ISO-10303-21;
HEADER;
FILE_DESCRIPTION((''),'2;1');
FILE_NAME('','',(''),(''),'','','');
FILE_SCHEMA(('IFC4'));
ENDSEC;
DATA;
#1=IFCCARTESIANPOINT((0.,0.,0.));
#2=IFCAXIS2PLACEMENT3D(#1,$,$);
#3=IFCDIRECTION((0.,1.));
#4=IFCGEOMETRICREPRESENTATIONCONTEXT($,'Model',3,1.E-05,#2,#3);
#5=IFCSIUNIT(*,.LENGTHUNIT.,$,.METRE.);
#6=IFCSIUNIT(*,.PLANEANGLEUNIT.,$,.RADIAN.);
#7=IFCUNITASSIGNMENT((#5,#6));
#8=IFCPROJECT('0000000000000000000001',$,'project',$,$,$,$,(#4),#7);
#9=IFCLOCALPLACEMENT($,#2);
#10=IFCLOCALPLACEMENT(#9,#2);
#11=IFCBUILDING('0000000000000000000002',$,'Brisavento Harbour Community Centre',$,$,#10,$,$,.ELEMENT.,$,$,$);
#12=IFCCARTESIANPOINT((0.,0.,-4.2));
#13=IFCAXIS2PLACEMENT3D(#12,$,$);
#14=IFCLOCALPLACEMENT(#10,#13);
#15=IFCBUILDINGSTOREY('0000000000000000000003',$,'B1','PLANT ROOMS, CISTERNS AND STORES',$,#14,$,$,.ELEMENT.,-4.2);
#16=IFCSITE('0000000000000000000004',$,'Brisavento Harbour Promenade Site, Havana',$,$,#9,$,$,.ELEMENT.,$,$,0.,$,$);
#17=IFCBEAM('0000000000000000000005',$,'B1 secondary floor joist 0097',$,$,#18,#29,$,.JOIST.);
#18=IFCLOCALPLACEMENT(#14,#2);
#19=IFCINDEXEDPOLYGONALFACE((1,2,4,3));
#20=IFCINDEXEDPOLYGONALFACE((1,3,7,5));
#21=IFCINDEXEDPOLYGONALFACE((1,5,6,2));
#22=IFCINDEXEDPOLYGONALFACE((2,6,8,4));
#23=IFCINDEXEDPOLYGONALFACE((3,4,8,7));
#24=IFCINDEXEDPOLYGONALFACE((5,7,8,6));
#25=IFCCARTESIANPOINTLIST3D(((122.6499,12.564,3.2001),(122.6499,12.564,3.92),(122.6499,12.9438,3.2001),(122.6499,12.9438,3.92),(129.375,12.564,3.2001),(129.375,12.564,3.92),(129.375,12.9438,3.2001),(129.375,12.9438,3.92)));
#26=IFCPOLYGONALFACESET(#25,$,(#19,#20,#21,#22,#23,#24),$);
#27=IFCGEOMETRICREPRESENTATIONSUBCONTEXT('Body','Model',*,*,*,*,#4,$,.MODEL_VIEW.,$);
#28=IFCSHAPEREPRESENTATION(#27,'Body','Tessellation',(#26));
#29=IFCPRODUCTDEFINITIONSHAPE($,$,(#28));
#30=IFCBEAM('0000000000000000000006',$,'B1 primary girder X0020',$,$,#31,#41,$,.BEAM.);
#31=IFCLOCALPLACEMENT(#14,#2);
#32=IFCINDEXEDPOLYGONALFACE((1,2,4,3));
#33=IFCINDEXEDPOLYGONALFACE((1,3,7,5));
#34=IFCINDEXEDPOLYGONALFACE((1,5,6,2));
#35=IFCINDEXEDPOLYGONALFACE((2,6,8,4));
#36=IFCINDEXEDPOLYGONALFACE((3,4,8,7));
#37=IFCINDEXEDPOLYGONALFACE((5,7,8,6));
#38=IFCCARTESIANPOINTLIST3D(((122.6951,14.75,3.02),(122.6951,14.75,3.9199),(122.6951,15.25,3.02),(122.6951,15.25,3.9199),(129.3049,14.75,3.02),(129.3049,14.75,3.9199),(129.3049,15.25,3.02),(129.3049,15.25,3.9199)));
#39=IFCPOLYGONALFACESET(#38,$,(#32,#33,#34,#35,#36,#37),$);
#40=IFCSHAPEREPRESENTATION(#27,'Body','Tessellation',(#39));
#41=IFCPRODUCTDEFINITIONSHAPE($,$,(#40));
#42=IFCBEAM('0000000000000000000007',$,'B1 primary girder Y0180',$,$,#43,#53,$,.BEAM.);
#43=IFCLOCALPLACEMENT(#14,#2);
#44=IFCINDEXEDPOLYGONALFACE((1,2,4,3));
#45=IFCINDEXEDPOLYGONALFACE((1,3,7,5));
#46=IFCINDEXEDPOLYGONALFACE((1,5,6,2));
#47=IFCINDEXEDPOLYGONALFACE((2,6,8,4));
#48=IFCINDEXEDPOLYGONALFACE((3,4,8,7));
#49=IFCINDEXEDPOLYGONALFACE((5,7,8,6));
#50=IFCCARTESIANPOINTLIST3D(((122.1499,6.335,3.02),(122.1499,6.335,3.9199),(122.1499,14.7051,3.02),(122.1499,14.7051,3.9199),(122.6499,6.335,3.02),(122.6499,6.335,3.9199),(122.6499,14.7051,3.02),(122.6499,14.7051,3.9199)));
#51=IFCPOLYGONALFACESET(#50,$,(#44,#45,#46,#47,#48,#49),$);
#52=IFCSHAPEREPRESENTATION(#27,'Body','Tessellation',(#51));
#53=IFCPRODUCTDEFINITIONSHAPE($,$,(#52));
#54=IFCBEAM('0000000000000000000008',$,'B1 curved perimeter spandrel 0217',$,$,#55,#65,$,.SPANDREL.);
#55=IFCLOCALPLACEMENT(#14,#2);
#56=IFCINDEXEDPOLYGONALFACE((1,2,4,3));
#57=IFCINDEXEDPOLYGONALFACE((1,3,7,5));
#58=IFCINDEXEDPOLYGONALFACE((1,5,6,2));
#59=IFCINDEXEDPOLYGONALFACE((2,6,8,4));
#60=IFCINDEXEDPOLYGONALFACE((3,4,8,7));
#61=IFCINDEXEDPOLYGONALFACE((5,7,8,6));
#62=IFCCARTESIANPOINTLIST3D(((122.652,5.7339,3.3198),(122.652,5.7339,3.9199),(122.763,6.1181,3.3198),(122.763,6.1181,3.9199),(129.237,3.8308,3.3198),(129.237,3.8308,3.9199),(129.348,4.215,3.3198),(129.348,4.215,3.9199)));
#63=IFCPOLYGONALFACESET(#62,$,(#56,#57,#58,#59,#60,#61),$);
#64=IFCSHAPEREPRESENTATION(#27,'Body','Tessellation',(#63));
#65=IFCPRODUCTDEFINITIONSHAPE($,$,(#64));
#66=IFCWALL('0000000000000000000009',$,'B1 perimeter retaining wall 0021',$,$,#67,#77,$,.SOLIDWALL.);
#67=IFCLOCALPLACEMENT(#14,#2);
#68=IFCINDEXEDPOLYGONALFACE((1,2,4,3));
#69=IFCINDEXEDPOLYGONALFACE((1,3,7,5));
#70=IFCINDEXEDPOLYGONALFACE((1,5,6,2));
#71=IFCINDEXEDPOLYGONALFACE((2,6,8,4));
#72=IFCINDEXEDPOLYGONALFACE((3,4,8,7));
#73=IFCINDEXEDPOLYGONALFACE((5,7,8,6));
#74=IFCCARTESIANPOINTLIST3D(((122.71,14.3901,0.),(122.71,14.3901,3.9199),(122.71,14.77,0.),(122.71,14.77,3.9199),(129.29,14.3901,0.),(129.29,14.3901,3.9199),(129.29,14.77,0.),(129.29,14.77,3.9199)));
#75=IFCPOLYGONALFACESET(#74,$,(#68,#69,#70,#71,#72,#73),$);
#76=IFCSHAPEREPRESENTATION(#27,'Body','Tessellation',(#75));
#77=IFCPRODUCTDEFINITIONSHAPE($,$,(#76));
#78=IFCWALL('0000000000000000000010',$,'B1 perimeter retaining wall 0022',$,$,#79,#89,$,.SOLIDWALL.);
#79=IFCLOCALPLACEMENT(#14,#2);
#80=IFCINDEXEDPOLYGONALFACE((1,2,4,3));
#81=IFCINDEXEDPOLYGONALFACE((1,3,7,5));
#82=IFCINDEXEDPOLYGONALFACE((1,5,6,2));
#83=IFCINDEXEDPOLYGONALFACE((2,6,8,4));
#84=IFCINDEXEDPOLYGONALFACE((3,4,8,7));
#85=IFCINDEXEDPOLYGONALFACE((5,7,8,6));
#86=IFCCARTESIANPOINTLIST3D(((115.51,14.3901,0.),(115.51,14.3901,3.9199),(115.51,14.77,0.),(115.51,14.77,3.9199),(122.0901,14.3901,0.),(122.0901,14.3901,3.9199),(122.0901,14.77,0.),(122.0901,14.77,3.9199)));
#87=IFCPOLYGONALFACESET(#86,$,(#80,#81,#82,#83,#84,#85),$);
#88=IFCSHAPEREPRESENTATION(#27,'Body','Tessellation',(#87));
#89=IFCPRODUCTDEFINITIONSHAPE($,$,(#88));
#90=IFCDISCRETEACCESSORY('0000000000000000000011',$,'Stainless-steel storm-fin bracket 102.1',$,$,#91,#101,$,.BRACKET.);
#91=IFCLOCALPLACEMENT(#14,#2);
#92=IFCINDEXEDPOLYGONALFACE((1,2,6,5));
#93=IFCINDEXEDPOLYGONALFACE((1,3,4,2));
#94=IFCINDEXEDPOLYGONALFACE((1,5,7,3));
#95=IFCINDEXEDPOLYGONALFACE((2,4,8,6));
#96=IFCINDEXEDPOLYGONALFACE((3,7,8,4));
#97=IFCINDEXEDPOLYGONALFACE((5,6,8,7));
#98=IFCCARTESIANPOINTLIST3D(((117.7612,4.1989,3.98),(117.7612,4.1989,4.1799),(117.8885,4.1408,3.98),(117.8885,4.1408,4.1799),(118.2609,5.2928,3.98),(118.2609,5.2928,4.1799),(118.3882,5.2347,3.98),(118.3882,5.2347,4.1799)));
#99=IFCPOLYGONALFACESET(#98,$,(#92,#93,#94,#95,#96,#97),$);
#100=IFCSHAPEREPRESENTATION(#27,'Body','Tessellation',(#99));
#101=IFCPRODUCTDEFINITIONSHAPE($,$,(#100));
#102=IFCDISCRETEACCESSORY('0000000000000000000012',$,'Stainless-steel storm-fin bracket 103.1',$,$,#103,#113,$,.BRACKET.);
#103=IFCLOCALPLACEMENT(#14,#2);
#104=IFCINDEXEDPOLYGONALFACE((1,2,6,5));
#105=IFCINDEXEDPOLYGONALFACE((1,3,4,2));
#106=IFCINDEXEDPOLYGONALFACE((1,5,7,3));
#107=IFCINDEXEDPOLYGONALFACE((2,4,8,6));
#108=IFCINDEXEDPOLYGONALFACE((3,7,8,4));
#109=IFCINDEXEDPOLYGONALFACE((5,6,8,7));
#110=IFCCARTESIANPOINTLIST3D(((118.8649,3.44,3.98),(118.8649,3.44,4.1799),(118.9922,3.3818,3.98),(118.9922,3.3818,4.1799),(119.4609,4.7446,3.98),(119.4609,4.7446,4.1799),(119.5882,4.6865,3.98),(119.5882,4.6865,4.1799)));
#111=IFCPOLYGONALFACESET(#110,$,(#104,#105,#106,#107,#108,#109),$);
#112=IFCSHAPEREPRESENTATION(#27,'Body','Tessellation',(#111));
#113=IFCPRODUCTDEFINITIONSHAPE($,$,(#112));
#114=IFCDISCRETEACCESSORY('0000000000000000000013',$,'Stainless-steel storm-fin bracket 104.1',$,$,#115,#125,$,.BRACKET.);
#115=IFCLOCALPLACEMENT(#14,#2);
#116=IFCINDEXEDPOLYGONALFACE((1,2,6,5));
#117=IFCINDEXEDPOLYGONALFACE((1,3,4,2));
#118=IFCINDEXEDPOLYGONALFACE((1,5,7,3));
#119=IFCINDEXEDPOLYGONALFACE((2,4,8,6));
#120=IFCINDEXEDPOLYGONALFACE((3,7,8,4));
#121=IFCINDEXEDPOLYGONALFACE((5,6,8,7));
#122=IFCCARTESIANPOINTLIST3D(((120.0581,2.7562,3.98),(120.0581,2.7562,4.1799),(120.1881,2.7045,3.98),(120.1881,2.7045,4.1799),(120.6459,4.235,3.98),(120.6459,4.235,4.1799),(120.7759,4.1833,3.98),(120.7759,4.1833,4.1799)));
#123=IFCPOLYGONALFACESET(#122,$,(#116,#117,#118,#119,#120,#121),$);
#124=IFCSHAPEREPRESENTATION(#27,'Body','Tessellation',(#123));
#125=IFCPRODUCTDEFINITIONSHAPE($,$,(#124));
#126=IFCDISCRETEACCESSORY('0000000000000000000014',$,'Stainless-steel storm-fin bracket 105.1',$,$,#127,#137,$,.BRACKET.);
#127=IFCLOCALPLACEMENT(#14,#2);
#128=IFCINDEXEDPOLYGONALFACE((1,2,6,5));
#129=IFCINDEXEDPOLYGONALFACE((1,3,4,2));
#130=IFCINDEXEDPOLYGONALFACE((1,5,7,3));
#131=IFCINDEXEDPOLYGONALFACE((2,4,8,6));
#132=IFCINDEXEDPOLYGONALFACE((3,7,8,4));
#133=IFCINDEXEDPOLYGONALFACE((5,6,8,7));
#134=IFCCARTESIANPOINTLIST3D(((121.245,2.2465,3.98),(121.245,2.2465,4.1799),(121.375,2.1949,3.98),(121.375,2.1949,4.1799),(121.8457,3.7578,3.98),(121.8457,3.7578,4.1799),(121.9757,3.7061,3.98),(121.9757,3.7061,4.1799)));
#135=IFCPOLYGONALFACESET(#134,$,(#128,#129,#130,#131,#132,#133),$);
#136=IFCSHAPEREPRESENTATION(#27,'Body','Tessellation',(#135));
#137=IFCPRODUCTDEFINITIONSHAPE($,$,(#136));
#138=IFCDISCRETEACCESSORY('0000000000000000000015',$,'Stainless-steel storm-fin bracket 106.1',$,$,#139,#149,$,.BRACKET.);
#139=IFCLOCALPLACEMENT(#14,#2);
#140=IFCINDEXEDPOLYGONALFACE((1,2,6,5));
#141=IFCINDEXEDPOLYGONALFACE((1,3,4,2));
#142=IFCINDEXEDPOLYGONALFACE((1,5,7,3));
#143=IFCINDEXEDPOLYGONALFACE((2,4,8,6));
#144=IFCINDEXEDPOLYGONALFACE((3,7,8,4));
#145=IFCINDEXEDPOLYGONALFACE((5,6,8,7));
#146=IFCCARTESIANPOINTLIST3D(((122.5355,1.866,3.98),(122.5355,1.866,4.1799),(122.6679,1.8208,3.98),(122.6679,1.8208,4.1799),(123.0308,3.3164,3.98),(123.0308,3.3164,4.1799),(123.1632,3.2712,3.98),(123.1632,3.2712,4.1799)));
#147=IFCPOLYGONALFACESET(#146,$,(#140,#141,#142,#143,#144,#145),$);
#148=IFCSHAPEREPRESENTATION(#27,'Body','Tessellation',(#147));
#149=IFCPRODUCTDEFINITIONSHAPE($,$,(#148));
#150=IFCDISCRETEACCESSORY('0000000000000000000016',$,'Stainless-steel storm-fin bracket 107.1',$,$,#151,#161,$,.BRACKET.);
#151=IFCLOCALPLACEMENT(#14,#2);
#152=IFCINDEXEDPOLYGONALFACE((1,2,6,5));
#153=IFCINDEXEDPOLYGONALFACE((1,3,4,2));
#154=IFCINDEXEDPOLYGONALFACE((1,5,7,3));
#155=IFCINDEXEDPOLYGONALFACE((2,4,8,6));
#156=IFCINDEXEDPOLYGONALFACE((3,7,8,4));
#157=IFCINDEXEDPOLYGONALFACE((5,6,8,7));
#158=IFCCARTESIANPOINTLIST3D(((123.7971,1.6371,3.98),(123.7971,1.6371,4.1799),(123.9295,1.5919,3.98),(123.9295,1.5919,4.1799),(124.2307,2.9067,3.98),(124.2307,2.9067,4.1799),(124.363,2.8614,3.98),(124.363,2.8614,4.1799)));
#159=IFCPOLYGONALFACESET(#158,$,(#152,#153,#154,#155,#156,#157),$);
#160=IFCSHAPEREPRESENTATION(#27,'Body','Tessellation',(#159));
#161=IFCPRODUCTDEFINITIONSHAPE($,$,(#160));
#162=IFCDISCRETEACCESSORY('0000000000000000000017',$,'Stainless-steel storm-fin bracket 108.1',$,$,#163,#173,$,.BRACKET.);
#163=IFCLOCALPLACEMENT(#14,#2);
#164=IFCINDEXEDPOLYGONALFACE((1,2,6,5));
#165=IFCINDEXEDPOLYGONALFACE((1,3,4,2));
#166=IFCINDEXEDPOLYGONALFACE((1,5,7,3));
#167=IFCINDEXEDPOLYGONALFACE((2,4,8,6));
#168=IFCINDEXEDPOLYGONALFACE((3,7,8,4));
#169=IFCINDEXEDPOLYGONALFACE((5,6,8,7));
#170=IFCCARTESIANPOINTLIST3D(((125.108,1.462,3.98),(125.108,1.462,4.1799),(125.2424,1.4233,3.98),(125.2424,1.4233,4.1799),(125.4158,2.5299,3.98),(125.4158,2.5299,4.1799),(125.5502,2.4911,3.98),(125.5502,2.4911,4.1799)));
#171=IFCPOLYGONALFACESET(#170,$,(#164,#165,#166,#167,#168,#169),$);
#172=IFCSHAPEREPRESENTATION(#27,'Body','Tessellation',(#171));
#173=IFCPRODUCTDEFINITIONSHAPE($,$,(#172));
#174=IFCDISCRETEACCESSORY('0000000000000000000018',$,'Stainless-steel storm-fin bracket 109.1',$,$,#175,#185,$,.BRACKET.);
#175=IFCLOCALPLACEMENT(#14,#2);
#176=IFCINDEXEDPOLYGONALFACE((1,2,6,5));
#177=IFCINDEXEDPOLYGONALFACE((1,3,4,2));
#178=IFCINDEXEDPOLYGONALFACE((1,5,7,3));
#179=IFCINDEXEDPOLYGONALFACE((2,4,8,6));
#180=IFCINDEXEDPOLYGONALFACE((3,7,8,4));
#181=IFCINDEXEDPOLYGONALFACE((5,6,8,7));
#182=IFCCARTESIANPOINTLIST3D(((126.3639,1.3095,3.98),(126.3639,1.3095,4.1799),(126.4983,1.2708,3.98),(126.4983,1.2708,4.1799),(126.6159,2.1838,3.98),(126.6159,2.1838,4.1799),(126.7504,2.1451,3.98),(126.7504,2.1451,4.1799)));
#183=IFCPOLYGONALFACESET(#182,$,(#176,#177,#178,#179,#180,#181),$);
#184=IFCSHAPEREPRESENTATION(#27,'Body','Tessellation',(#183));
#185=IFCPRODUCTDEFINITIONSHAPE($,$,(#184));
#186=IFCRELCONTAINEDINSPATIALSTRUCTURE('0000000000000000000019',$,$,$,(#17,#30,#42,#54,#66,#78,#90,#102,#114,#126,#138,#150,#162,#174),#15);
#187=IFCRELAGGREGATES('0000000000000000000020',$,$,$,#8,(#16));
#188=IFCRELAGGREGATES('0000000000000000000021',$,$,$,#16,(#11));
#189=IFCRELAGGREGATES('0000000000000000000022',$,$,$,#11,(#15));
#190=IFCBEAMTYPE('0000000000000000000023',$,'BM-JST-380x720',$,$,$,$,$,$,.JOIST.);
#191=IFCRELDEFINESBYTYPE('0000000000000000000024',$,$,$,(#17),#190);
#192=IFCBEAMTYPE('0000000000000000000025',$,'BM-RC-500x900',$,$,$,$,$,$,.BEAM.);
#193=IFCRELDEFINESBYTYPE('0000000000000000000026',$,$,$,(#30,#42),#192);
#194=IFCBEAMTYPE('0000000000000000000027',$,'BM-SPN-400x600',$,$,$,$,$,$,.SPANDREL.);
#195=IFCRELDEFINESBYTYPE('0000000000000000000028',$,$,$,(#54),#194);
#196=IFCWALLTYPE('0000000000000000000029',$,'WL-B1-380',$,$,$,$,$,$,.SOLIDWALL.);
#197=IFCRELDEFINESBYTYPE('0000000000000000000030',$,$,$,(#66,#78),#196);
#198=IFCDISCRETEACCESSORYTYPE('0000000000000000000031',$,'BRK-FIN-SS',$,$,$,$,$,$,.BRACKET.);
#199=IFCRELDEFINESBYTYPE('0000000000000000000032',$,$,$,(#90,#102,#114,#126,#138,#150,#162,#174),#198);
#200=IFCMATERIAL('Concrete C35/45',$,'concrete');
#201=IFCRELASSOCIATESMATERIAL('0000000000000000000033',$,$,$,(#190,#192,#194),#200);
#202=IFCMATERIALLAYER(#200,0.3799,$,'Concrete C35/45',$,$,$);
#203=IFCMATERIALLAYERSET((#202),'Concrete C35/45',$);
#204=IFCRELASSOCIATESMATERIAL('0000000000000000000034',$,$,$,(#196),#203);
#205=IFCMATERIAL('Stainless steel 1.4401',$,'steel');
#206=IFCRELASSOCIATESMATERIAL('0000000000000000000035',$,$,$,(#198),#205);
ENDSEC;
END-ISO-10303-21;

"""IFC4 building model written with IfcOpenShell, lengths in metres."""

from ifc_helpers import new_model, si_unit, direction, frame, frame_2d, origin, origin_2d, place, context, subcontext, project, spatial, rectangle, extrude, material, layer, layer_set, material_profile, profile_set, type_object, element, save


model = new_model("IFC4")

# Units and contexts
model_context = context("Model", 3, precision=1e-05, world=origin(), true_north=direction((0.0, 1.0)))
body_context = subcontext(model_context, "Body", "Model", "MODEL_VIEW")
ifc_project = project(units=[si_unit("LENGTHUNIT", "METRE"), si_unit("PLANEANGLEUNIT", "RADIAN")], contexts=[model_context])

# Site, building, storey
site_placement = place(None, origin())
site = spatial("IfcSite", under=ifc_project, at=site_placement, Name="Brisavento Harbour Promenade Site, Havana", CompositionType="ELEMENT", RefElevation=0.0)
building_placement = place(site_placement, origin())
building = spatial("IfcBuilding", under=site, at=building_placement, Name="Brisavento Harbour Community Centre", CompositionType="ELEMENT")
storey_placement = place(building_placement, frame((0.0, 0.0, -4.2)))
storey = spatial("IfcBuildingStorey", under=building, at=storey_placement, Name="B1", Description="PLANT ROOMS, CISTERNS AND STORES", CompositionType="ELEMENT", Elevation=-4.2)

# Shared definitions
ifc_material_1 = material(Name="Concrete C35/45", Category="concrete")

# Beams
ifc_material_profile_1 = material_profile(ifc_material_1, rectangle(XDim=0.3799, YDim=0.72, at=origin_2d()), Name="Concrete C35/45")
ifc_profile_set_1 = profile_set([ifc_material_profile_1], Name="Concrete C35/45")
beam_type_1 = type_object("IfcBeamType", Name="BM-JST-380x720", PredefinedType="JOIST", material=ifc_profile_set_1)
beam_1_placement = place(storey_placement, frame((122.6499, 12.7539, 3.5601), z_axis=(1.0, 0.0, 0.0), x_axis=(0.0, 1.0, 0.0)))
element("IfcBeam", 1, at=beam_1_placement, inside=storey, type_object=beam_type_1, Name="B1 secondary floor joist 0097", PredefinedType="JOIST", context=body_context, shape_type="SweptSolid", body=[
    extrude(rectangle(XDim=0.3799, YDim=0.72, at=origin_2d()), origin(), (0.0, 0.0, 1.0), 6.7251),
])
ifc_material_profile_2 = material_profile(ifc_material_1, rectangle(XDim=0.5, YDim=0.8999, at=origin_2d()), Name="Concrete C35/45")
ifc_profile_set_2 = profile_set([ifc_material_profile_2], Name="Concrete C35/45")
beam_type_2 = type_object("IfcBeamType", Name="BM-RC-500x900", PredefinedType="BEAM", material=ifc_profile_set_2)
beam_2_placement = place(storey_placement, frame((122.6951, 15.0, 3.47), z_axis=(1.0, 0.0, 0.0), x_axis=(0.0, 1.0, 0.0)))
element("IfcBeam", 2, at=beam_2_placement, inside=storey, type_object=beam_type_2, Name="B1 primary girder X0020", PredefinedType="BEAM", context=body_context, shape_type="SweptSolid", body=[
    extrude(rectangle(XDim=0.5, YDim=0.8999, at=origin_2d()), origin(), (0.0, 0.0, 1.0), 6.6099),
])
beam_3_placement = place(storey_placement, frame((122.3999, 6.335, 3.47), z_axis=(0.0, 1.0, 0.0), x_axis=(-1.0, 0.0, 0.0)))
element("IfcBeam", 3, at=beam_3_placement, inside=storey, type_object=beam_type_2, Name="B1 primary girder Y0180", PredefinedType="BEAM", context=body_context, shape_type="SweptSolid", body=[
    extrude(rectangle(XDim=0.5, YDim=0.8999, at=origin_2d()), origin(), (0.0, 0.0, 1.0), 8.3701),
])
ifc_material_profile_3 = material_profile(ifc_material_1, rectangle(XDim=0.3999, YDim=0.6001, at=origin_2d()), Name="Concrete C35/45")
ifc_profile_set_3 = profile_set([ifc_material_profile_3], Name="Concrete C35/45")
beam_type_3 = type_object("IfcBeamType", Name="BM-SPN-400x600", PredefinedType="SPANDREL", material=ifc_profile_set_3)
beam_4_placement = place(storey_placement, frame((122.7075, 5.926, 3.6199), z_axis=(0.960685, -0.277641, 0.0), x_axis=(0.277641, 0.960685, 0.0)))
element("IfcBeam", 4, at=beam_4_placement, inside=storey, type_object=beam_type_3, Name="B1 curved perimeter spandrel 0217", PredefinedType="SPANDREL", context=body_context, shape_type="SweptSolid", body=[
    extrude(rectangle(XDim=0.3999, YDim=0.6001, at=origin_2d()), origin(), (0.0, 0.0, 1.0), 6.8545),
])

# Walls
ifc_layer = layer(ifc_material_1, 0.3799, Name="Concrete C35/45")
ifc_layer_set = layer_set([ifc_layer], Name="Concrete C35/45")
wall_type = type_object("IfcWallType", Name="WL-B1-380", PredefinedType="SOLIDWALL", material=ifc_layer_set)
for number, where, z_axis, x_axis, name in (
    (5, (129.29, 14.5801, 0.0), (0.0, 0.0, 1.0), (-1.0, 0.0, 0.0), "B1 perimeter retaining wall 0021"),
    (6, (122.0901, 14.5801, 0.0), (0.0, 0.0, 1.0), (-1.0, 0.0, 0.0), "B1 perimeter retaining wall 0022"),
):
    element("IfcWall", number, at=place(storey_placement, frame(where, z_axis=z_axis, x_axis=x_axis)), inside=storey, type_object=wall_type, Name=name, PredefinedType="SOLIDWALL", context=body_context, shape_type="SweptSolid", body=[
        extrude(rectangle(XDim=6.5801, YDim=0.3799, at=frame_2d((3.29, 0.0))), origin(), (0.0, 0.0, 1.0), 3.9199),
    ])

# Discrete accessories
ifc_material_2 = material(Name="Stainless steel 1.4401", Category="steel")
discrete_accessory_type = type_object("IfcDiscreteAccessoryType", Name="BRK-FIN-SS", PredefinedType="BRACKET", material=ifc_material_2)
discrete_accessory_1_placement = place(storey_placement, frame((118.0747, 4.7168, 3.98), z_axis=(0.0, 0.0, 1.0), x_axis=(-0.415519, -0.909585, 0.0)))
element("IfcDiscreteAccessory", 7, at=discrete_accessory_1_placement, inside=storey, type_object=discrete_accessory_type, Name="Stainless-steel storm-fin bracket 102.1", PredefinedType="BRACKET", context=body_context, shape_type="SweptSolid", body=[
    extrude(rectangle(XDim=1.2026, YDim=0.1399, at=origin_2d()), origin(), (0.0, 0.0, 1.0), 0.2),
])
discrete_accessory_2_placement = place(storey_placement, frame((119.2266, 4.0632, 3.98), z_axis=(0.0, 0.0, 1.0), x_axis=(-0.415519, -0.909585, 0.0)))
element("IfcDiscreteAccessory", 8, at=discrete_accessory_2_placement, inside=storey, type_object=discrete_accessory_type, Name="Stainless-steel storm-fin bracket 103.1", PredefinedType="BRACKET", context=body_context, shape_type="SweptSolid", body=[
    extrude(rectangle(XDim=1.4343, YDim=0.1399, at=origin_2d()), origin(), (0.0, 0.0, 1.0), 0.2),
])
discrete_accessory_3_placement = place(storey_placement, frame((120.417, 3.4697, 3.98), z_axis=(0.0, 0.0, 1.0), x_axis=(-0.369341, -0.929294, 0.0)))
element("IfcDiscreteAccessory", 9, at=discrete_accessory_3_placement, inside=storey, type_object=discrete_accessory_type, Name="Stainless-steel storm-fin bracket 104.1", PredefinedType="BRACKET", context=body_context, shape_type="SweptSolid", body=[
    extrude(rectangle(XDim=1.5913, YDim=0.1399, at=origin_2d()), origin(), (0.0, 0.0, 1.0), 0.2),
])
discrete_accessory_4_placement = place(storey_placement, frame((121.6104, 2.9763, 3.98), z_axis=(0.0, 0.0, 1.0), x_axis=(-0.369341, -0.929294, 0.0)))
element("IfcDiscreteAccessory", 10, at=discrete_accessory_4_placement, inside=storey, type_object=discrete_accessory_type, Name="Stainless-steel storm-fin bracket 105.1", PredefinedType="BRACKET", context=body_context, shape_type="SweptSolid", body=[
    extrude(rectangle(XDim=1.6262, YDim=0.1399, at=origin_2d()), origin(), (0.0, 0.0, 1.0), 0.2),
])
discrete_accessory_5_placement = place(storey_placement, frame((122.8494, 2.5686, 3.98), z_axis=(0.0, 0.0, 1.0), x_axis=(-0.323174, -0.946339, 0.0)))
element("IfcDiscreteAccessory", 11, at=discrete_accessory_5_placement, inside=storey, type_object=discrete_accessory_type, Name="Stainless-steel storm-fin bracket 106.1", PredefinedType="BRACKET", context=body_context, shape_type="SweptSolid", body=[
    extrude(rectangle(XDim=1.5327, YDim=0.1399, at=origin_2d()), origin(), (0.0, 0.0, 1.0), 0.2),
])
discrete_accessory_6_placement = place(storey_placement, frame((124.0801, 2.2493, 3.98), z_axis=(0.0, 0.0, 1.0), x_axis=(-0.323174, -0.946339, 0.0)))
element("IfcDiscreteAccessory", 12, at=discrete_accessory_6_placement, inside=storey, type_object=discrete_accessory_type, Name="Stainless-steel storm-fin bracket 107.1", PredefinedType="BRACKET", context=body_context, shape_type="SweptSolid", body=[
    extrude(rectangle(XDim=1.3416, YDim=0.1399, at=origin_2d()), origin(), (0.0, 0.0, 1.0), 0.2),
])
discrete_accessory_7_placement = place(storey_placement, frame((125.3291, 1.9766, 3.98), z_axis=(0.0, 0.0, 1.0), x_axis=(-0.276996, -0.960871, 0.0)))
element("IfcDiscreteAccessory", 13, at=discrete_accessory_7_placement, inside=storey, type_object=discrete_accessory_type, Name="Stainless-steel storm-fin bracket 108.1", PredefinedType="BRACKET", context=body_context, shape_type="SweptSolid", body=[
    extrude(rectangle(XDim=1.1113, YDim=0.1399, at=origin_2d()), origin(), (0.0, 0.0, 1.0), 0.2),
])
discrete_accessory_8_placement = place(storey_placement, frame((126.5571, 1.7273, 3.98), z_axis=(0.0, 0.0, 1.0), x_axis=(-0.276996, -0.960871, 0.0)))
element("IfcDiscreteAccessory", 14, at=discrete_accessory_8_placement, inside=storey, type_object=discrete_accessory_type, Name="Stainless-steel storm-fin bracket 109.1", PredefinedType="BRACKET", context=body_context, shape_type="SweptSolid", body=[
    extrude(rectangle(XDim=0.9099, YDim=0.1399, at=origin_2d()), origin(), (0.0, 0.0, 1.0), 0.2),
])

save(model, "model.ifc")
